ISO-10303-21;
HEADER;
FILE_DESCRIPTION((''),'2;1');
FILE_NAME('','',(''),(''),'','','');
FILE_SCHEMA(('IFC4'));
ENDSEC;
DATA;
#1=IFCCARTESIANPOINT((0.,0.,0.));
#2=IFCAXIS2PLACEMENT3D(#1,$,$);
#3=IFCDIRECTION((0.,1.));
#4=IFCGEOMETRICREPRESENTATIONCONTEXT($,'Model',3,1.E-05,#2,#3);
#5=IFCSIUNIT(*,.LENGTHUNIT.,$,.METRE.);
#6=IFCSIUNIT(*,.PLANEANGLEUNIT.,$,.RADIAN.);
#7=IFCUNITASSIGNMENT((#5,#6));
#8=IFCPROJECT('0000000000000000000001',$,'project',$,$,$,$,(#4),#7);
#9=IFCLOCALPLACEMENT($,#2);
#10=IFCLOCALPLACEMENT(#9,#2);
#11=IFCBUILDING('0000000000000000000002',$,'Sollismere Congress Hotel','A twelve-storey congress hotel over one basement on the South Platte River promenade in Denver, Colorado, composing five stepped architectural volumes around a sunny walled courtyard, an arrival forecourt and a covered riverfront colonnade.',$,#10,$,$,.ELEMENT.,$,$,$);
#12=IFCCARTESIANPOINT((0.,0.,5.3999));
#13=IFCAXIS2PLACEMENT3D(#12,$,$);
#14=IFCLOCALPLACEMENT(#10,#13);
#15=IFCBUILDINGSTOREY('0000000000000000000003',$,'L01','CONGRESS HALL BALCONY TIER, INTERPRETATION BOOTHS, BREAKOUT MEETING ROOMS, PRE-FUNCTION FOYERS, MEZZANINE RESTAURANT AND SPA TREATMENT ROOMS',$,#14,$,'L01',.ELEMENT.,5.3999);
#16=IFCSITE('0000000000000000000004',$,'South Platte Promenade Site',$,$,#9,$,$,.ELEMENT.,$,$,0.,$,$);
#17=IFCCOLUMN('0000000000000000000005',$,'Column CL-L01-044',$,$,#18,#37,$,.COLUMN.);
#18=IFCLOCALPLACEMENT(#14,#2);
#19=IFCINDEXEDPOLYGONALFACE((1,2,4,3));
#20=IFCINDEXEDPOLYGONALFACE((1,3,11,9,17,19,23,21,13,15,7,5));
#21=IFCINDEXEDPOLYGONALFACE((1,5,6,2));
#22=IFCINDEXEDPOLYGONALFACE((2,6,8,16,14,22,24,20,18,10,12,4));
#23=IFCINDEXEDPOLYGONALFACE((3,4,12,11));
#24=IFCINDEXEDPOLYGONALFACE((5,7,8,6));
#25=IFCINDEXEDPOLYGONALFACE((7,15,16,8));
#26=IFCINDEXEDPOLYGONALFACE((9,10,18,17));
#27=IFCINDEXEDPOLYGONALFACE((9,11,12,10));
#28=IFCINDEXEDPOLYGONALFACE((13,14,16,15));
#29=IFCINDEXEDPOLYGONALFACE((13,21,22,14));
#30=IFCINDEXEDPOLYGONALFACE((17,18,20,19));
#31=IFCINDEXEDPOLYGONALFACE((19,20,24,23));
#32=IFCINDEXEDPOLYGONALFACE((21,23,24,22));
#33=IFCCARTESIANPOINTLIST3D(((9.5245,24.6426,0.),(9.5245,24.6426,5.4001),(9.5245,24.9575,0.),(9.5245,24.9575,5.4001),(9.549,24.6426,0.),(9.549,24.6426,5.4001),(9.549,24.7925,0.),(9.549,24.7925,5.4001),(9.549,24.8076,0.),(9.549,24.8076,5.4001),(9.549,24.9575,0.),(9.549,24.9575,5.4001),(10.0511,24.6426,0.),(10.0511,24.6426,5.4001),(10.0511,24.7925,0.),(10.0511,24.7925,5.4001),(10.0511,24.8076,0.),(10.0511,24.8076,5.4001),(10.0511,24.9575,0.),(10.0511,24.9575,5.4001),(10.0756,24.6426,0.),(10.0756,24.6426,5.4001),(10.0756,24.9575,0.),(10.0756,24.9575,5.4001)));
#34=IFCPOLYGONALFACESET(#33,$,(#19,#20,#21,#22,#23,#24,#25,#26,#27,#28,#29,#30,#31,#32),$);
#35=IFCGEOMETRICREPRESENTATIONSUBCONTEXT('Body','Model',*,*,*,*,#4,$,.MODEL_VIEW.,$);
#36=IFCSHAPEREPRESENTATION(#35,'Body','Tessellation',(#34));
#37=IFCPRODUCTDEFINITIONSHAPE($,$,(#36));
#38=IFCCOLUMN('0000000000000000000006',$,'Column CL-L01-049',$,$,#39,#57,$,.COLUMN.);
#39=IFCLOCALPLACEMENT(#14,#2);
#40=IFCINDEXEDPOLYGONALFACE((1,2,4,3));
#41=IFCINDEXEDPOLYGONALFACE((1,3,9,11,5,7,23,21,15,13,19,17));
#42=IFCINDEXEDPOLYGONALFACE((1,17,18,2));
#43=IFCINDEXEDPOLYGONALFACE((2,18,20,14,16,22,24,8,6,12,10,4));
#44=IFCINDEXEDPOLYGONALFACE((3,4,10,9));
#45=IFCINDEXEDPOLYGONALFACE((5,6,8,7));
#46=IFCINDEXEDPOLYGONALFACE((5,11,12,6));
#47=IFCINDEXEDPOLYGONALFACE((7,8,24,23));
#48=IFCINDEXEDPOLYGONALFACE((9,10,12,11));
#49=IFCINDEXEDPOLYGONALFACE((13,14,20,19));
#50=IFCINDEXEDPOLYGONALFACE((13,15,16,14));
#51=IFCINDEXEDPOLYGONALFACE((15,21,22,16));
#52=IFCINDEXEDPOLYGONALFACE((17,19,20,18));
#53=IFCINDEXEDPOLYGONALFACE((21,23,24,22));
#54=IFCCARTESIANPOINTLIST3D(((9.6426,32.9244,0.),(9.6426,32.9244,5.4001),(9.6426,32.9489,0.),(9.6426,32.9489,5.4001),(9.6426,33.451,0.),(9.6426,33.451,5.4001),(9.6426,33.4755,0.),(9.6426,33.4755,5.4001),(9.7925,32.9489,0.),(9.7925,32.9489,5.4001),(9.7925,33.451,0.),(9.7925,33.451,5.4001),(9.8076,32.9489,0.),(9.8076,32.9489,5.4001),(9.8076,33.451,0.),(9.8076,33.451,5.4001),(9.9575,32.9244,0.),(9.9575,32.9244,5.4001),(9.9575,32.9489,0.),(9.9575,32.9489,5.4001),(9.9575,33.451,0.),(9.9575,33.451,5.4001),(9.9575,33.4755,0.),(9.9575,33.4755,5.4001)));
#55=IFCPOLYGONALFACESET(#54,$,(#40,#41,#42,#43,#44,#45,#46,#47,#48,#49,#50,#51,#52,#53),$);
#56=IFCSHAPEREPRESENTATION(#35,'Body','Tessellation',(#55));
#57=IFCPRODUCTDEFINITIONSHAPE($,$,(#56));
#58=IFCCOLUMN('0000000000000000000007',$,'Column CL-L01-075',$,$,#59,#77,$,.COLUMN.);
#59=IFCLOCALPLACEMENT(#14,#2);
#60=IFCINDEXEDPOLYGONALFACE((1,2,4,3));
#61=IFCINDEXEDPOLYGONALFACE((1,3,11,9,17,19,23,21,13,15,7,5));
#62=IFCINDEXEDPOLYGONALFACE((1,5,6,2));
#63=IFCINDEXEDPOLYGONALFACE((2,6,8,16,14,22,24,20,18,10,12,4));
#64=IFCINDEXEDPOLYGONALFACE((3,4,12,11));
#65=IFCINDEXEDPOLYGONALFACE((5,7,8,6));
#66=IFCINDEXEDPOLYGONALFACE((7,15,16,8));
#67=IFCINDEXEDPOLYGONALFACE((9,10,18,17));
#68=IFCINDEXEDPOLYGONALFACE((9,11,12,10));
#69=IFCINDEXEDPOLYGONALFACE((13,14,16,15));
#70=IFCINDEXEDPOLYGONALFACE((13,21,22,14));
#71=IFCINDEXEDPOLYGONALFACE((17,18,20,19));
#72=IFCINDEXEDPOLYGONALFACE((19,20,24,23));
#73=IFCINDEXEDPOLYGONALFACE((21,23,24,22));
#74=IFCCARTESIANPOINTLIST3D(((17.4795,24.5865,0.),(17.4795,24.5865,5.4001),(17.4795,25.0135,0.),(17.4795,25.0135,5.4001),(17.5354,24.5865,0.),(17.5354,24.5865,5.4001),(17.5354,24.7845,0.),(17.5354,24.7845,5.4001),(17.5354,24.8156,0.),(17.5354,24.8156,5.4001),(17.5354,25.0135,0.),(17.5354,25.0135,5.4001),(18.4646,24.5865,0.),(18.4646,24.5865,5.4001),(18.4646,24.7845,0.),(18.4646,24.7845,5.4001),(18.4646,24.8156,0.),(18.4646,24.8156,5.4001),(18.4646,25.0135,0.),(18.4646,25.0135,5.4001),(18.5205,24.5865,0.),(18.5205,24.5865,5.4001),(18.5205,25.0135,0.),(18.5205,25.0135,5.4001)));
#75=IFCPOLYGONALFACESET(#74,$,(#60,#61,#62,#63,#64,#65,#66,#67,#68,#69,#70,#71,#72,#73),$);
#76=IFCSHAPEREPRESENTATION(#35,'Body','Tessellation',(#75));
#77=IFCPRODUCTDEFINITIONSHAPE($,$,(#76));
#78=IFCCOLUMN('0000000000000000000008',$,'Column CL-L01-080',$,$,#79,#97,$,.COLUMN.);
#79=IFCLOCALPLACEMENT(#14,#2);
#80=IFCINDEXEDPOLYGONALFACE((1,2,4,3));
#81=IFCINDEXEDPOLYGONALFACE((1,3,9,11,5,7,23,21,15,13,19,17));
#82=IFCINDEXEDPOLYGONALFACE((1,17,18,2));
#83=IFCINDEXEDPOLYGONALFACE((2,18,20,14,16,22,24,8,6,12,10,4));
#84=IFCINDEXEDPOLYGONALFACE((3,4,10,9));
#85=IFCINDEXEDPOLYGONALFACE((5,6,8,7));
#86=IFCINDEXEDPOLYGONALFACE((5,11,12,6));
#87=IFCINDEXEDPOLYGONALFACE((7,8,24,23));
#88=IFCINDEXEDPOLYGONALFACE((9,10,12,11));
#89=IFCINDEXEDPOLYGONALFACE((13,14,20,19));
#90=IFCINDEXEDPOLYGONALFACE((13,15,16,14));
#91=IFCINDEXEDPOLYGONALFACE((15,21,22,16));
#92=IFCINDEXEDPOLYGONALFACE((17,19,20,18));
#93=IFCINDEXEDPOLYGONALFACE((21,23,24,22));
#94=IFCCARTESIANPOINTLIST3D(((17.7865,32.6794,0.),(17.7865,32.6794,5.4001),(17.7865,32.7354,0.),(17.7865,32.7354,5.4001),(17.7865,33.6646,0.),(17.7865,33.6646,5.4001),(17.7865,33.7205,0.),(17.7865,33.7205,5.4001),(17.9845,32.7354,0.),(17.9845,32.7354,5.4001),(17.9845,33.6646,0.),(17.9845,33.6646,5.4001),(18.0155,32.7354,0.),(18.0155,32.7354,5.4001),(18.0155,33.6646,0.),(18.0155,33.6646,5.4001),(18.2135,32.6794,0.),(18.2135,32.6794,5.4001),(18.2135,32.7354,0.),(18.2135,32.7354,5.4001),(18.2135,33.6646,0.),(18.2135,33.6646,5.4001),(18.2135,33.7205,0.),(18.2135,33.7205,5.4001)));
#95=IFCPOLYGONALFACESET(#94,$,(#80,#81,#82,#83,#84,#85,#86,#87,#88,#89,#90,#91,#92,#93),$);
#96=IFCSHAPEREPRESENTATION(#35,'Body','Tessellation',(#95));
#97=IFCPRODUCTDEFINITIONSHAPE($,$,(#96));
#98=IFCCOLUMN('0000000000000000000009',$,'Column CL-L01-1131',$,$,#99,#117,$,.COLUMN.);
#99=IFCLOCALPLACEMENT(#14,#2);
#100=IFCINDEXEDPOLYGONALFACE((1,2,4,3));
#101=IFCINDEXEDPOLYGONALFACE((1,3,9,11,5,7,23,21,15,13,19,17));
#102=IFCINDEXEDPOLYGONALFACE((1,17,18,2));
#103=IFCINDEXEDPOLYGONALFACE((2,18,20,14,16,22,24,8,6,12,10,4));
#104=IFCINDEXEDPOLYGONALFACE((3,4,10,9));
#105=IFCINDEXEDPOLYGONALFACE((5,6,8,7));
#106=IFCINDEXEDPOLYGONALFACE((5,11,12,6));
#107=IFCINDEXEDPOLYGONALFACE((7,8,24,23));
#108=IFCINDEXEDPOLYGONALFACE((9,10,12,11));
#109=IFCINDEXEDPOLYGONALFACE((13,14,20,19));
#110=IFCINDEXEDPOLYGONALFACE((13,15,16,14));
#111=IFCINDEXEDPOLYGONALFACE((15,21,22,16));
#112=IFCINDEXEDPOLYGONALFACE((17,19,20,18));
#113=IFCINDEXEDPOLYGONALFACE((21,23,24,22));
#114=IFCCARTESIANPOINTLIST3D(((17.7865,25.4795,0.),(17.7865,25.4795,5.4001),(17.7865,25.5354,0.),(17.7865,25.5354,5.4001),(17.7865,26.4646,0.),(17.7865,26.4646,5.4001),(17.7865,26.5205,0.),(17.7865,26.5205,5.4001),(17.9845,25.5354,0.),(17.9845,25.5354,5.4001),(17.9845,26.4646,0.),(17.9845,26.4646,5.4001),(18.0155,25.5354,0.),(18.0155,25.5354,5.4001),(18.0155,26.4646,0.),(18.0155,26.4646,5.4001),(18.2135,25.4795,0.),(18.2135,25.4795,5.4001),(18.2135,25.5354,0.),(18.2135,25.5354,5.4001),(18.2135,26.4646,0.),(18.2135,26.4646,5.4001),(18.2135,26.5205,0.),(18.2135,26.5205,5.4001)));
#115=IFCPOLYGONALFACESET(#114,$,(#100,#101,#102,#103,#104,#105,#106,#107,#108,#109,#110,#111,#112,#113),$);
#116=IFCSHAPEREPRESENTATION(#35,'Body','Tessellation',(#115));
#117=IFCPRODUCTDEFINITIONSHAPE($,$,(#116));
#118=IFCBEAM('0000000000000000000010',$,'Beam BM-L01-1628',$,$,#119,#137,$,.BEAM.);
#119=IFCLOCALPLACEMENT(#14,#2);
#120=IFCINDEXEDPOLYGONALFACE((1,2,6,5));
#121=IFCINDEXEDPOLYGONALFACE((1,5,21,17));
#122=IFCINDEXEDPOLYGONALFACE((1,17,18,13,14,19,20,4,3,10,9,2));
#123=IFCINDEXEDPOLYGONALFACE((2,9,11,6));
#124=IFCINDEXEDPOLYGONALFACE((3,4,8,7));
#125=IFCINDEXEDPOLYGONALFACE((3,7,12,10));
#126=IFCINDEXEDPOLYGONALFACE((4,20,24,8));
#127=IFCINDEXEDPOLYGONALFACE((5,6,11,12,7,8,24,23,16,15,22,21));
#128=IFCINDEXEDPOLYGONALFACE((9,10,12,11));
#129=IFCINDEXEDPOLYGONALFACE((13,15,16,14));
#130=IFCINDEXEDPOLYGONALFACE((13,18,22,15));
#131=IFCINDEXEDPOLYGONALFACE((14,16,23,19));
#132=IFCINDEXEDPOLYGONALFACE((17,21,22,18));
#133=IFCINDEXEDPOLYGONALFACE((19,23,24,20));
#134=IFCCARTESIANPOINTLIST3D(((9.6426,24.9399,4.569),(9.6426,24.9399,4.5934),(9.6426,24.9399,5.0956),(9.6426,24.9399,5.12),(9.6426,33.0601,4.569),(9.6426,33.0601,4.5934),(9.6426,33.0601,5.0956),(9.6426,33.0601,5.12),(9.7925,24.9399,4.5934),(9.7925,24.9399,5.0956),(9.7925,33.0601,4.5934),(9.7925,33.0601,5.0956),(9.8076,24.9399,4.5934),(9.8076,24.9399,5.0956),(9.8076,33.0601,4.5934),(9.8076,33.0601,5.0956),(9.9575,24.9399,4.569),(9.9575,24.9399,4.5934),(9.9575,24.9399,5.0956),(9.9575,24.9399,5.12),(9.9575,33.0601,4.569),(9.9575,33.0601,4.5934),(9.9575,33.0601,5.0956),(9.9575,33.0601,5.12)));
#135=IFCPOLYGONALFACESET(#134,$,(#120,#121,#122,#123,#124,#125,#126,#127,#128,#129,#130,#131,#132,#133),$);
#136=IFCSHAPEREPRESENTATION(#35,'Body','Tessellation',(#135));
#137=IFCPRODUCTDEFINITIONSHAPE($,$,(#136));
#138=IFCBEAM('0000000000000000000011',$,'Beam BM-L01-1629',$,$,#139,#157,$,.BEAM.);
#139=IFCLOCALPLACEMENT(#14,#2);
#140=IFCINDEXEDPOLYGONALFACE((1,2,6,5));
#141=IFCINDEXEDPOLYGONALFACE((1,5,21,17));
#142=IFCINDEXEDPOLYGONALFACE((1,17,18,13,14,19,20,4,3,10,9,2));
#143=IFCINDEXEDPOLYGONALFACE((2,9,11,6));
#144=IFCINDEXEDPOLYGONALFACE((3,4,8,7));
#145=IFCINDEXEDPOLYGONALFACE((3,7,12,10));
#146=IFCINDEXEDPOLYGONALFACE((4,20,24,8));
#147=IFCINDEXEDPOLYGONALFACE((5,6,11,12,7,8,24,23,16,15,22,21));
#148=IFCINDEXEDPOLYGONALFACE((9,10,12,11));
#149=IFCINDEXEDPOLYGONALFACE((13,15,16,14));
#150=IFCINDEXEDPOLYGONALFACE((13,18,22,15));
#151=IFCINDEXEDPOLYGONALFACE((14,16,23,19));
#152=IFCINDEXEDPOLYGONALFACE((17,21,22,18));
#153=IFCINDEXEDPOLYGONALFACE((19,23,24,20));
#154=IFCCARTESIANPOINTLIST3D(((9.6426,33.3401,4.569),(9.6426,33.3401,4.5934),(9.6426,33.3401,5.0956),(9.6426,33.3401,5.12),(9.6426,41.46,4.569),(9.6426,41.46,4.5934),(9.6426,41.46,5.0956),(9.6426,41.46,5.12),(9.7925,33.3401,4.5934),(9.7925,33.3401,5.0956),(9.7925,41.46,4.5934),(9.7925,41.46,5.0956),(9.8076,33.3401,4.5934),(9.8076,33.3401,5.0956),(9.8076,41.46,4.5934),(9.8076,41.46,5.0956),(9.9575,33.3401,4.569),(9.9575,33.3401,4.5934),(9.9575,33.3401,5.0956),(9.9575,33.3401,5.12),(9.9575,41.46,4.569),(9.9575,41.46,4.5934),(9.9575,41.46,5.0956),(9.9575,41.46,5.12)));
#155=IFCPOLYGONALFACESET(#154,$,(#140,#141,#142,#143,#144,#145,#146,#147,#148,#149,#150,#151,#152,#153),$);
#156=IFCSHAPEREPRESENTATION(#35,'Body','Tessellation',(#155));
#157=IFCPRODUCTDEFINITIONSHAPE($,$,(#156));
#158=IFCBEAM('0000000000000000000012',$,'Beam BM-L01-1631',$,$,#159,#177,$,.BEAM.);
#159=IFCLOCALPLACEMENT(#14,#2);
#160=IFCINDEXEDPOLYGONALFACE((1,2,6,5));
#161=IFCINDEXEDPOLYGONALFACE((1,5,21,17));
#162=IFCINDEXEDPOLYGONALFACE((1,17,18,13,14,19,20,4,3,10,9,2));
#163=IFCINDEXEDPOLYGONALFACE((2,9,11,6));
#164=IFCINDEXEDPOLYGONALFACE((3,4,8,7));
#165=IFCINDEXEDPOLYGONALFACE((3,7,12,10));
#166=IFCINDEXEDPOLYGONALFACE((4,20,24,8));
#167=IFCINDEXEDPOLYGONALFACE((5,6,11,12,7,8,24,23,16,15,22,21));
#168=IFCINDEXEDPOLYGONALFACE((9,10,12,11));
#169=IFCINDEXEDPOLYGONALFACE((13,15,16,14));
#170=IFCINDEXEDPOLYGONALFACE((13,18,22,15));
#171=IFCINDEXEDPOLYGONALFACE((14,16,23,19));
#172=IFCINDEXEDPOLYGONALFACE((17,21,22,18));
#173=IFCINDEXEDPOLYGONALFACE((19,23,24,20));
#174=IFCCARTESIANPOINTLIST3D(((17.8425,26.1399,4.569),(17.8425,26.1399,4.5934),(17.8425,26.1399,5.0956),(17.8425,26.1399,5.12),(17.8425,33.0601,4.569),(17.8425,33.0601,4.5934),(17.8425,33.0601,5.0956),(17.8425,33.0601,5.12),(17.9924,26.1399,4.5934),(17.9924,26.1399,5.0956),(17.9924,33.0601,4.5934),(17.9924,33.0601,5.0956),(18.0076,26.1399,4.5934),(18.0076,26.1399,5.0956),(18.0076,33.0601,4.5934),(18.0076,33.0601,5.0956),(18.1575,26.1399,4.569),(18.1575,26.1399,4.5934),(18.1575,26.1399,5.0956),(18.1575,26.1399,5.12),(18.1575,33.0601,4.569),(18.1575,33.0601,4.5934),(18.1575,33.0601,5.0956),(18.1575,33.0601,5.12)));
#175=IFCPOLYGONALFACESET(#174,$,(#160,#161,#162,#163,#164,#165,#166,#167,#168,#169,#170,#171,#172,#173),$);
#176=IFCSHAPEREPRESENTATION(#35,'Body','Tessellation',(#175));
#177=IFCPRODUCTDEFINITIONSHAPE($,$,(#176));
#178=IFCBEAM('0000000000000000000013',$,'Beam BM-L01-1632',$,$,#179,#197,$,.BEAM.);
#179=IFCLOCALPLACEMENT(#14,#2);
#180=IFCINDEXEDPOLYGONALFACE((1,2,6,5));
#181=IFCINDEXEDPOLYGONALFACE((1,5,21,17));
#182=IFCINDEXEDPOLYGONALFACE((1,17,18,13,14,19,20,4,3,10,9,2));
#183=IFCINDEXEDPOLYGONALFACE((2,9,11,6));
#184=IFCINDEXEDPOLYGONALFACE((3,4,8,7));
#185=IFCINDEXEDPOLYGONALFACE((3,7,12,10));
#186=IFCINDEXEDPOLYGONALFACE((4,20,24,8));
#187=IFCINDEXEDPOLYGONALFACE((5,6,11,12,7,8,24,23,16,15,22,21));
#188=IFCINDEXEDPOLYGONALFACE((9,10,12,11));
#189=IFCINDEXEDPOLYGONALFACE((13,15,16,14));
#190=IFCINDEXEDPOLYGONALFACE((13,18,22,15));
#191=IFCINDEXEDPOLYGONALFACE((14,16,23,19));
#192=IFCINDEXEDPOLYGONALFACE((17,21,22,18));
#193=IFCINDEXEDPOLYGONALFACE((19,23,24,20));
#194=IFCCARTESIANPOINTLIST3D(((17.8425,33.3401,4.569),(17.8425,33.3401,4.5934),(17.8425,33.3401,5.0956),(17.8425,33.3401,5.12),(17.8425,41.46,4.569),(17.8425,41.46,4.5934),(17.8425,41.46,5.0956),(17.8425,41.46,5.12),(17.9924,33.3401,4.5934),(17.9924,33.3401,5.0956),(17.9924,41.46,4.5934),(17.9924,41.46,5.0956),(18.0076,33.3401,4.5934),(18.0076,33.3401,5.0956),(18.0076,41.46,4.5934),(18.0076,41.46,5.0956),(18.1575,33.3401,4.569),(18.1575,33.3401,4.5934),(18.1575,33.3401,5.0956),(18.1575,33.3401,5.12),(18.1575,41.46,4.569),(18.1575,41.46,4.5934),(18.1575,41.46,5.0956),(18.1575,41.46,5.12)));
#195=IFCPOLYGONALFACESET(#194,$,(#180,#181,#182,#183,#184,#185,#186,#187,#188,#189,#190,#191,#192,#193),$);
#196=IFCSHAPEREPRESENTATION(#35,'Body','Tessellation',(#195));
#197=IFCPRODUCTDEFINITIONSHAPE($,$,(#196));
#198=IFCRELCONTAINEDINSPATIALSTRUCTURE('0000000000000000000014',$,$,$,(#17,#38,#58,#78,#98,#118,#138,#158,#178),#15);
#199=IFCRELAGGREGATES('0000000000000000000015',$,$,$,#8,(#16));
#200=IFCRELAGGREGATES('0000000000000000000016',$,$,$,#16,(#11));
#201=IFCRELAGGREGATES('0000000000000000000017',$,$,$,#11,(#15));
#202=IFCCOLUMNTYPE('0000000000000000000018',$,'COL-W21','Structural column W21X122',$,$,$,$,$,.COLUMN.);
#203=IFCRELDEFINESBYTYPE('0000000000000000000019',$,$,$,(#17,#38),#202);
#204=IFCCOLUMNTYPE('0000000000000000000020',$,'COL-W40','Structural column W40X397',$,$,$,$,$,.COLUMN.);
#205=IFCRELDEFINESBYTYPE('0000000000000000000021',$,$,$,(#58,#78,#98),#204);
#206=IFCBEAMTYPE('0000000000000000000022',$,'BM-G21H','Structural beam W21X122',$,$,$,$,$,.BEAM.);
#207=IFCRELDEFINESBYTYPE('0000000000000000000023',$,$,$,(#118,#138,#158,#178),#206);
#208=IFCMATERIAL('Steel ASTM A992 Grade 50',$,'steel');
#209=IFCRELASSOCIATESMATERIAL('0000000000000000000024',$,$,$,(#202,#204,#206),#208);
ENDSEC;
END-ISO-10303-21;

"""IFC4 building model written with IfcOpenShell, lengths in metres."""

from ifc_helpers import new_model, si_unit, direction, frame, origin, origin_2d, place, context, subcontext, project, spatial, i_section, extrude, material, material_profile, profile_set, type_object, element, save


model = new_model("IFC4")

# Units and contexts
model_context = context("Model", 3, precision=1e-05, world=origin(), true_north=direction((0.0, 1.0)))
body_context = subcontext(model_context, "Body", "Model", "MODEL_VIEW")
ifc_project = project(units=[si_unit("LENGTHUNIT", "METRE"), si_unit("PLANEANGLEUNIT", "RADIAN")], contexts=[model_context])

# Site, building, storey
site_placement = place(None, origin())
site = spatial("IfcSite", under=ifc_project, at=site_placement, Name="South Platte Promenade Site", CompositionType="ELEMENT", RefElevation=0.0)
building_placement = place(site_placement, origin())
building = spatial("IfcBuilding", under=site, at=building_placement, Name="Sollismere Congress Hotel", Description="A twelve-storey congress hotel over one basement on the South Platte River promenade in Denver, Colorado, composing five stepped architectural volumes around a sunny walled courtyard, an arrival forecourt and a covered riverfront colonnade.", CompositionType="ELEMENT")
storey_placement = place(building_placement, frame((0.0, 0.0, 5.3999)))
storey = spatial("IfcBuildingStorey", under=building, at=storey_placement, Name="L01", Description="CONGRESS HALL BALCONY TIER, INTERPRETATION BOOTHS, BREAKOUT MEETING ROOMS, PRE-FUNCTION FOYERS, MEZZANINE RESTAURANT AND SPA TREATMENT ROOMS", LongName="L01", CompositionType="ELEMENT", Elevation=5.3999)

# Columns
ifc_material_1 = material(Name="Steel ASTM A992 Grade 50", Category="steel")
ifc_material_profile_1 = material_profile(ifc_material_1, i_section(OverallWidth=0.3149, OverallDepth=0.551, WebThickness=0.0151, FlangeThickness=0.0244, at=origin_2d()), Name="W21X122")
ifc_profile_set_1 = profile_set([ifc_material_profile_1], Name="Steel ASTM A992 Grade 50")
column_type_1 = type_object("IfcColumnType", Name="COL-W21", Description="Structural column W21X122", PredefinedType="COLUMN", material=ifc_profile_set_1)
for number, where, z_axis, x_axis, name in (
    (1, (9.8, 24.8, 0.0), (0.0, 0.0, 1.0), (0.0, 1.0, 0.0), "Column CL-L01-044"),
    (2, (9.8, 33.2, 0.0), (0.0, 0.0, 1.0), (1.0, 0.0, 0.0), "Column CL-L01-049"),
):
    element("IfcColumn", number, at=place(storey_placement, frame(where, z_axis=z_axis, x_axis=x_axis)), inside=storey, type_object=column_type_1, Name=name, PredefinedType="COLUMN", context=body_context, shape_type="SweptSolid", body=[
        extrude(i_section(OverallWidth=0.3149, OverallDepth=0.551, WebThickness=0.0151, FlangeThickness=0.0244, at=origin_2d()), origin(), (0.0, 0.0, 1.0), 5.4001),
    ])
ifc_material_profile_2 = material_profile(ifc_material_1, i_section(OverallWidth=0.427, OverallDepth=1.041, WebThickness=0.031, FlangeThickness=0.0559, at=origin_2d()), Name="W40X397")
ifc_profile_set_2 = profile_set([ifc_material_profile_2], Name="Steel ASTM A992 Grade 50")
column_type_2 = type_object("IfcColumnType", Name="COL-W40", Description="Structural column W40X397", PredefinedType="COLUMN", material=ifc_profile_set_2)
for number, where, z_axis, x_axis, name in (
    (3, (18.0, 24.8, 0.0), (0.0, 0.0, 1.0), (0.0, 1.0, 0.0), "Column CL-L01-075"),
    (4, (18.0, 33.2, 0.0), (0.0, 0.0, 1.0), (1.0, 0.0, 0.0), "Column CL-L01-080"),
    (5, (18.0, 26.0, 0.0), (0.0, 0.0, 1.0), (1.0, 0.0, 0.0), "Column CL-L01-1131"),
):
    element("IfcColumn", number, at=place(storey_placement, frame(where, z_axis=z_axis, x_axis=x_axis)), inside=storey, type_object=column_type_2, Name=name, PredefinedType="COLUMN", context=body_context, shape_type="SweptSolid", body=[
        extrude(i_section(OverallWidth=0.427, OverallDepth=1.041, WebThickness=0.031, FlangeThickness=0.0559, at=origin_2d()), origin(), (0.0, 0.0, 1.0), 5.4001),
    ])

# Beams
ifc_material_profile_3 = material_profile(ifc_material_1, i_section(OverallWidth=0.3149, OverallDepth=0.551, WebThickness=0.0151, FlangeThickness=0.0244, at=origin_2d()), Name="W21X122")
ifc_profile_set_3 = profile_set([ifc_material_profile_3], Name="Steel ASTM A992 Grade 50")
beam_type_1 = type_object("IfcBeamType", Name="BM-G21H", Description="Structural beam W21X122", PredefinedType="BEAM", material=ifc_profile_set_3)
beam_1_placement = place(storey_placement, frame((9.8, 24.9399, 4.8445), z_axis=(0.0, 1.0, 0.0), x_axis=(-1.0, 0.0, 0.0)))
element("IfcBeam", 6, at=beam_1_placement, inside=storey, type_object=beam_type_1, Name="Beam BM-L01-1628", PredefinedType="BEAM", context=body_context, shape_type="SweptSolid", body=[
    extrude(i_section(OverallWidth=0.3149, OverallDepth=0.551, WebThickness=0.0151, FlangeThickness=0.0244, at=origin_2d()), origin(), (0.0, 0.0, 1.0), 8.1201),
])
beam_2_placement = place(storey_placement, frame((9.8, 33.3401, 4.8445), z_axis=(0.0, 1.0, 0.0), x_axis=(-1.0, 0.0, 0.0)))
element("IfcBeam", 7, at=beam_2_placement, inside=storey, type_object=beam_type_1, Name="Beam BM-L01-1629", PredefinedType="BEAM", context=body_context, shape_type="SweptSolid", body=[
    extrude(i_section(OverallWidth=0.3149, OverallDepth=0.551, WebThickness=0.0151, FlangeThickness=0.0244, at=origin_2d()), origin(), (0.0, 0.0, 1.0), 8.1199),
])
beam_3_placement = place(storey_placement, frame((18.0, 26.1399, 4.8445), z_axis=(0.0, 1.0, 0.0), x_axis=(-1.0, 0.0, 0.0)))
element("IfcBeam", 8, at=beam_3_placement, inside=storey, type_object=beam_type_1, Name="Beam BM-L01-1631", PredefinedType="BEAM", context=body_context, shape_type="SweptSolid", body=[
    extrude(i_section(OverallWidth=0.3149, OverallDepth=0.551, WebThickness=0.0151, FlangeThickness=0.0244, at=origin_2d()), origin(), (0.0, 0.0, 1.0), 6.9202),
])
beam_4_placement = place(storey_placement, frame((18.0, 33.3401, 4.8445), z_axis=(0.0, 1.0, 0.0), x_axis=(-1.0, 0.0, 0.0)))
element("IfcBeam", 9, at=beam_4_placement, inside=storey, type_object=beam_type_1, Name="Beam BM-L01-1632", PredefinedType="BEAM", context=body_context, shape_type="SweptSolid", body=[
    extrude(i_section(OverallWidth=0.3149, OverallDepth=0.551, WebThickness=0.0151, FlangeThickness=0.0244, at=origin_2d()), origin(), (0.0, 0.0, 1.0), 8.1199),
])

save(model, "model.ifc")
